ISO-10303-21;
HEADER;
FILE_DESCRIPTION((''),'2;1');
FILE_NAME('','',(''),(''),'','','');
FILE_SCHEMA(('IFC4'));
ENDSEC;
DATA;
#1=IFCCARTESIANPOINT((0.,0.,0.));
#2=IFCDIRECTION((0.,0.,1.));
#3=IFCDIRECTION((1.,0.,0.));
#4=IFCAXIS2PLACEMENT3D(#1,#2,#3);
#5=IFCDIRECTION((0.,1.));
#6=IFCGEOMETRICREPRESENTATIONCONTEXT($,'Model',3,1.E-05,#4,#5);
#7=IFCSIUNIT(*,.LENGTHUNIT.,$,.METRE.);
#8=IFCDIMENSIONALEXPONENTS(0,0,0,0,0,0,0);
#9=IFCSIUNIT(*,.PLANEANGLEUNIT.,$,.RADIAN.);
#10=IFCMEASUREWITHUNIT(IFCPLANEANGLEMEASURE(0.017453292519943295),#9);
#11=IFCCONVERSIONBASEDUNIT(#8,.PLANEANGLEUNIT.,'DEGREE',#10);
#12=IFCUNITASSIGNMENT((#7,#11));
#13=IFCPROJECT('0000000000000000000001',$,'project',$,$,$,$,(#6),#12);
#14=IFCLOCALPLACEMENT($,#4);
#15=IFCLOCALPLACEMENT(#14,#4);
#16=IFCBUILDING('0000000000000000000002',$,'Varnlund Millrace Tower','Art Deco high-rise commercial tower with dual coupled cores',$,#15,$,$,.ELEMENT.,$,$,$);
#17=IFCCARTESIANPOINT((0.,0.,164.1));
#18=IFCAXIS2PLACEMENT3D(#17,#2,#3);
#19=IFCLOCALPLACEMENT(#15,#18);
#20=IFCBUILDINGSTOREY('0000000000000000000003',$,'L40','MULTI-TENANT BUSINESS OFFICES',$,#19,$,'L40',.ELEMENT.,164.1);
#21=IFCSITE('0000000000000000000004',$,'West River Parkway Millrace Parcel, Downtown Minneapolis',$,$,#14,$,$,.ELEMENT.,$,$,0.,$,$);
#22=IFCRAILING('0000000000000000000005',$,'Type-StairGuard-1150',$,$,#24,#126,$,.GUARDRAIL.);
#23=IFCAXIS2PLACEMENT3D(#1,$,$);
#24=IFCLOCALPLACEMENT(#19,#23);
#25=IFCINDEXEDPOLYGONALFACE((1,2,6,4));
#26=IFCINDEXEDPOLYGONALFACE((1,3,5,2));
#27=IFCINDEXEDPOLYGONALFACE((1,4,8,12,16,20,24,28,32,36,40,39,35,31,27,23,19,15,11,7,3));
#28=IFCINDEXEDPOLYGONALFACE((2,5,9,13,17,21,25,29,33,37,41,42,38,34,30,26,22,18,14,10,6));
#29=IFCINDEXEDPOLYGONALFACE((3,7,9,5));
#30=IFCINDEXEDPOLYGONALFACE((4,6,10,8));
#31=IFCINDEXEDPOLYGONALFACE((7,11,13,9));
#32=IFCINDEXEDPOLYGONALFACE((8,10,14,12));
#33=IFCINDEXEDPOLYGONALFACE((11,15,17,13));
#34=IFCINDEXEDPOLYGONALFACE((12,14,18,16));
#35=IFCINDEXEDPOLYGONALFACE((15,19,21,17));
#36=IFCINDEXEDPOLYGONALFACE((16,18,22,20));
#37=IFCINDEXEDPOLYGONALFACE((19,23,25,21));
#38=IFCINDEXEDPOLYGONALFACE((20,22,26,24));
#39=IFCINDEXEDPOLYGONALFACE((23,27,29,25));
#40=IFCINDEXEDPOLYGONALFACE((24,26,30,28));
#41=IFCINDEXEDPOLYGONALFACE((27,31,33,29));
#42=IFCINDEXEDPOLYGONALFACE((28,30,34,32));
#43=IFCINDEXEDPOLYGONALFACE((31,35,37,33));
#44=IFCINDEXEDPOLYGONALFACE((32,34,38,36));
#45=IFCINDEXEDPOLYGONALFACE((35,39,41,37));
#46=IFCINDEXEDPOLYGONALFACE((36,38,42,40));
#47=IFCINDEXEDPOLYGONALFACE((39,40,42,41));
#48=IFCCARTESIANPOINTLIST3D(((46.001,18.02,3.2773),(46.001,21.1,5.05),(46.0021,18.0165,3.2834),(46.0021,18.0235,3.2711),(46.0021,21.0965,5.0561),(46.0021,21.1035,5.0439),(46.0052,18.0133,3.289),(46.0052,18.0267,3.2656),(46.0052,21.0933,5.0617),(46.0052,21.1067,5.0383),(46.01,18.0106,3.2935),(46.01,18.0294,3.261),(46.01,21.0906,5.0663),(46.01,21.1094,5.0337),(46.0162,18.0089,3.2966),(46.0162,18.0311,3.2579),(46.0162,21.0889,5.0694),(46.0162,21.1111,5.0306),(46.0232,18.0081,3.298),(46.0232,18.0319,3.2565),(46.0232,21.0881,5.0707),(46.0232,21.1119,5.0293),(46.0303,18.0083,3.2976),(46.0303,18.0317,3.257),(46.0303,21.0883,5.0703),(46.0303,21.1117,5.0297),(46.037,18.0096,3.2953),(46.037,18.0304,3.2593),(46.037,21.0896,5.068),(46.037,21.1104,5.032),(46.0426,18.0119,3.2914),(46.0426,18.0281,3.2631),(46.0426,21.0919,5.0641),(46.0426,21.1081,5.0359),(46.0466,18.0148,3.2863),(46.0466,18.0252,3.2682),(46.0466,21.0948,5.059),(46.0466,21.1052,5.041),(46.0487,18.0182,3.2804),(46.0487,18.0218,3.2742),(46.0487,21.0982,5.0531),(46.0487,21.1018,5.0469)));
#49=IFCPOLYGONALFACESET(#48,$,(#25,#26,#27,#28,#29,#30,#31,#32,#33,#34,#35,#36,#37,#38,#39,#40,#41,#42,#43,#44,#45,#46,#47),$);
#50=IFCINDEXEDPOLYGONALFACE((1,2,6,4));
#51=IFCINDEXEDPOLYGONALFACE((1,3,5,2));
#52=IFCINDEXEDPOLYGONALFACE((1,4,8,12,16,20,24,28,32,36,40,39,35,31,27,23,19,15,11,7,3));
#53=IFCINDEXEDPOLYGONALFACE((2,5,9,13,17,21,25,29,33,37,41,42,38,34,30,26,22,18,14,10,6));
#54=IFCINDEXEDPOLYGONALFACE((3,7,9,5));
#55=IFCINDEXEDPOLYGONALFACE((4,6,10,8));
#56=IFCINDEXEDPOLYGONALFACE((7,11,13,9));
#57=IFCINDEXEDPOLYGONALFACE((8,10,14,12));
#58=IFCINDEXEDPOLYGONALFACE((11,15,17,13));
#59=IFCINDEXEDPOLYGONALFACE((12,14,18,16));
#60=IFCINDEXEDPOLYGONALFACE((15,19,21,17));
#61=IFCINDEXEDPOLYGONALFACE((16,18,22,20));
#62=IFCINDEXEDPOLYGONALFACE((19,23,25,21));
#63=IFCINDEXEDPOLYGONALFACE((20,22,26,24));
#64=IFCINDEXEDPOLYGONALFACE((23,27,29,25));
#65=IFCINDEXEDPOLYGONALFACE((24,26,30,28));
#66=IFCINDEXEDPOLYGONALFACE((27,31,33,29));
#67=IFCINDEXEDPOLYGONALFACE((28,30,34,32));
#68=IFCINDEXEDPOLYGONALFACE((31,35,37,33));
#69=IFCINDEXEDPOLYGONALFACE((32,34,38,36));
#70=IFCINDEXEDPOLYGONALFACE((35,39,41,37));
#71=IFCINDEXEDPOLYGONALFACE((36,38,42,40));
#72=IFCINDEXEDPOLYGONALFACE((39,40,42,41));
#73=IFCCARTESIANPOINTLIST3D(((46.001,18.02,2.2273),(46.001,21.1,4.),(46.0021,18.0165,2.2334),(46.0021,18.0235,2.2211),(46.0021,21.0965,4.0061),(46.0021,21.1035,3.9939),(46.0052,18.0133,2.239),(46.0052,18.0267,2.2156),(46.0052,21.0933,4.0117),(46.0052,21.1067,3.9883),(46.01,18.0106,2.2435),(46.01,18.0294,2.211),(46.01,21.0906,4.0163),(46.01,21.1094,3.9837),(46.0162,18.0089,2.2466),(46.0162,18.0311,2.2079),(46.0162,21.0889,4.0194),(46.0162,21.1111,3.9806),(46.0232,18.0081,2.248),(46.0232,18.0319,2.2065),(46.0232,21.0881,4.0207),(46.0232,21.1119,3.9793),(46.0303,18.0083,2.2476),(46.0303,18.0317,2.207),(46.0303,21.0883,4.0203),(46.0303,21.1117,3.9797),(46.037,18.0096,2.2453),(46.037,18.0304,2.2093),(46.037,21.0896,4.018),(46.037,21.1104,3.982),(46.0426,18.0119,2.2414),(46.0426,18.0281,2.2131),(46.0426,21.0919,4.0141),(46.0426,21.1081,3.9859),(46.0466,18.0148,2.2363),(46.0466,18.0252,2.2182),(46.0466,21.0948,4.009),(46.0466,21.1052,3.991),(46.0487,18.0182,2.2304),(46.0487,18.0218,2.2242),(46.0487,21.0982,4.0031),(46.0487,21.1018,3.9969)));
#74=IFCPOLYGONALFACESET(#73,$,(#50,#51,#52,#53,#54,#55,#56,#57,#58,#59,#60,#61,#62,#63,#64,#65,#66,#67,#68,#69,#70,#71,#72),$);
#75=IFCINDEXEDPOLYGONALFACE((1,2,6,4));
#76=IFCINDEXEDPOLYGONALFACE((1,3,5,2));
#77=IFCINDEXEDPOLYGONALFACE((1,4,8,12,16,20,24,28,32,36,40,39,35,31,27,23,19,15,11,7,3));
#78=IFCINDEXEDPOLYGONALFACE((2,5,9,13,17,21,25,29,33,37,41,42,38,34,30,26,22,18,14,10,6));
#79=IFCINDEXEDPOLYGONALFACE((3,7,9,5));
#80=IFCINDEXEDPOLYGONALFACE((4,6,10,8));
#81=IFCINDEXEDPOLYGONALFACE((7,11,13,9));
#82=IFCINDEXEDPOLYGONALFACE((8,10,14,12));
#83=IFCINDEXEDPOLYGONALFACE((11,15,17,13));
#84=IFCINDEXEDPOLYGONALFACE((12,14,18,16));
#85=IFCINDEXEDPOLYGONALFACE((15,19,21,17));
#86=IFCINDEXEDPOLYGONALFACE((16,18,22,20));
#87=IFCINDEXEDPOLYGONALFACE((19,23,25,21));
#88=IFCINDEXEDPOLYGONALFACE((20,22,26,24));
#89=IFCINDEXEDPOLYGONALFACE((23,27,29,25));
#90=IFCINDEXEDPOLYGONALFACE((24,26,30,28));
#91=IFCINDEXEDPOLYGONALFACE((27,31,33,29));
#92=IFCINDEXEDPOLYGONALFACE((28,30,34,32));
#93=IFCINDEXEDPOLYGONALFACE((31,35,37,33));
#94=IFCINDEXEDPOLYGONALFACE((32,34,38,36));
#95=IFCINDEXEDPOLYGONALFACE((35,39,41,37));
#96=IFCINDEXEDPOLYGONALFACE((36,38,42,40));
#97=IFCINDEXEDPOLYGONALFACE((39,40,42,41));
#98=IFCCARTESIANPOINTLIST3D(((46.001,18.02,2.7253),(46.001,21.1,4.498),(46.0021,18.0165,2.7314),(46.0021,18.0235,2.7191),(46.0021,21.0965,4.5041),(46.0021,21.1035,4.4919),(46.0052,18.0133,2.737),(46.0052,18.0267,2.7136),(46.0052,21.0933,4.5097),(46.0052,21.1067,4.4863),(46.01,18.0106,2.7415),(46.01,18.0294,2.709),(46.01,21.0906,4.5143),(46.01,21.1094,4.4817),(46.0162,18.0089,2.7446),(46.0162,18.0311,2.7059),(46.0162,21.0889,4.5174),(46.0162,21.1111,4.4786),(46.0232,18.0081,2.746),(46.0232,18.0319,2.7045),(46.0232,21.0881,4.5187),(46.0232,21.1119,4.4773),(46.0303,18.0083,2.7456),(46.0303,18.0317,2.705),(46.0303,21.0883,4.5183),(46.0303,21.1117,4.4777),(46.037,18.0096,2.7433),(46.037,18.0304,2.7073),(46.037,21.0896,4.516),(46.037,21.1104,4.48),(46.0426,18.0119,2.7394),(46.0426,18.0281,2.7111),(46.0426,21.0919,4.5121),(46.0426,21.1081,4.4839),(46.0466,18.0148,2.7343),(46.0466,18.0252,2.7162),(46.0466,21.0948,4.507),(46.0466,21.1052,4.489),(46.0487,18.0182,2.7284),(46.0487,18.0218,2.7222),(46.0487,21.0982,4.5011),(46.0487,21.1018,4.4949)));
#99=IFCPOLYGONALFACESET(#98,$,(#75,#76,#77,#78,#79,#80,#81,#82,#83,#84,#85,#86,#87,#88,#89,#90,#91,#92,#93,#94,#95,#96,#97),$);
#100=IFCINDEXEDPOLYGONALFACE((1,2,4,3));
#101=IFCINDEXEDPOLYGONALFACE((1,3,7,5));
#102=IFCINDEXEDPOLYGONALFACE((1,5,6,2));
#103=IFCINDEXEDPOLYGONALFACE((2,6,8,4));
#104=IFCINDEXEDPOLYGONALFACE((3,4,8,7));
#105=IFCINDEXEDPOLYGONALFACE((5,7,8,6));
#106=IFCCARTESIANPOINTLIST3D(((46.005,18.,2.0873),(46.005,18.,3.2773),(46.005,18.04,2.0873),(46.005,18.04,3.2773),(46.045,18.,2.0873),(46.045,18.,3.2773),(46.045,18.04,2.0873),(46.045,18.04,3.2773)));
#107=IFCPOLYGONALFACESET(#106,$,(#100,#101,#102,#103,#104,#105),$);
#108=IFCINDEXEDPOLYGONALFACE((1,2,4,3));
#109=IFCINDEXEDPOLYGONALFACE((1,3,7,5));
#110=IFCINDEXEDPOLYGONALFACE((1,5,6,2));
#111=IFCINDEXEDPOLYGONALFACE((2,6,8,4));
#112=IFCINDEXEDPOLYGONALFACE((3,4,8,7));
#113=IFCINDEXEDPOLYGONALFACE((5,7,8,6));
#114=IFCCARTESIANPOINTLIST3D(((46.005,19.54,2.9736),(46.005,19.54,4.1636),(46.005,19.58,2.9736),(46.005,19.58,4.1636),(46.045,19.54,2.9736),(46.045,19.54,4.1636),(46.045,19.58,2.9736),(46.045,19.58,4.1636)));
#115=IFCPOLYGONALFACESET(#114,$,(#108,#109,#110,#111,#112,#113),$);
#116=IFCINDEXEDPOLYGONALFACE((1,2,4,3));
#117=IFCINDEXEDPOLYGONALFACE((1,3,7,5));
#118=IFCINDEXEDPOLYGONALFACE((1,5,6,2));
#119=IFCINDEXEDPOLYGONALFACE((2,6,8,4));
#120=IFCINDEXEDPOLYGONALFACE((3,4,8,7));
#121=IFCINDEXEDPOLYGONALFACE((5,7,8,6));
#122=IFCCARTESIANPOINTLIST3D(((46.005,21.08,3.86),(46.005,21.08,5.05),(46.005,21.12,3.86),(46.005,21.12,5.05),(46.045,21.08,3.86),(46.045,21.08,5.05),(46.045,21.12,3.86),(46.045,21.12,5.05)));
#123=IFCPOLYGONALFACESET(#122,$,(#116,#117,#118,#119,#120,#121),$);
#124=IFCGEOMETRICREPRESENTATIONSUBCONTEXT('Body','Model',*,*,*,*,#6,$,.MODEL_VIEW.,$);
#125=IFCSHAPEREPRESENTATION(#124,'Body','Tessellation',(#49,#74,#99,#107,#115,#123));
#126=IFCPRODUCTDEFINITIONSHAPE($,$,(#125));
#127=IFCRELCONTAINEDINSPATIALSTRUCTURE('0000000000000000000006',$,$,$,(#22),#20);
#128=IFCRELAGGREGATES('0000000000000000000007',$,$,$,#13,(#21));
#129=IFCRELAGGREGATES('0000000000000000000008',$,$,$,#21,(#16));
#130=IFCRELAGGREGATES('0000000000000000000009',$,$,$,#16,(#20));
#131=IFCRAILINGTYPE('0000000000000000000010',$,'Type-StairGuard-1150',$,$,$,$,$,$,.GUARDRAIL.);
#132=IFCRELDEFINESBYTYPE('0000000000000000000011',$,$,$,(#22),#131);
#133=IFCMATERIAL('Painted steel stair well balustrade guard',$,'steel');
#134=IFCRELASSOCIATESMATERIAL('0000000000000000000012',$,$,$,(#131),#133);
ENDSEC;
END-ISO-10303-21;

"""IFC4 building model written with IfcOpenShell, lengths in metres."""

from ifc_helpers import new_model, entity, si_unit, converted_unit, direction, frame, origin_with_axes, origin_2d_with_axis, place, context, subcontext, project, spatial, rectangle, circle, extrude, material, type_object, element, save


model = new_model("IFC4")

# Units and contexts
model_context = context("Model", 3, precision=1e-05, world=origin_with_axes(), true_north=direction((0.0, 1.0)))
body_context = subcontext(model_context, "Body", "Model", "MODEL_VIEW")
ifc_project = project(units=[si_unit("LENGTHUNIT", "METRE"), converted_unit("PLANEANGLEUNIT", "DEGREE", entity("IfcPlaneAngleMeasure", 0.017453292519943295), si_unit("PLANEANGLEUNIT", "RADIAN"), dimensions=[0, 0, 0, 0, 0, 0, 0])], contexts=[model_context])

# Site, building, storey
site_placement = place(None, origin_with_axes())
site = spatial("IfcSite", under=ifc_project, at=site_placement, Name="West River Parkway Millrace Parcel, Downtown Minneapolis", CompositionType="ELEMENT", RefElevation=0.0)
building_placement = place(site_placement, origin_with_axes())
building = spatial("IfcBuilding", under=site, at=building_placement, Name="Varnlund Millrace Tower", Description="Art Deco high-rise commercial tower with dual coupled cores", CompositionType="ELEMENT")
storey_placement = place(building_placement, frame((0.0, 0.0, 164.1), z_axis=(0.0, 0.0, 1.0), x_axis=(1.0, 0.0, 0.0)))
storey = spatial("IfcBuildingStorey", under=building, at=storey_placement, Name="L40", Description="MULTI-TENANT BUSINESS OFFICES", LongName="L40", CompositionType="ELEMENT", Elevation=164.1)

# Railing
ifc_material_1 = material(Name="Painted steel stair well balustrade guard", Category="steel")
railing_type_1 = type_object("IfcRailingType", Name="Type-StairGuard-1150", PredefinedType="GUARDRAIL", material=ifc_material_1)
railing_1_placement = place(storey_placement, frame((0.0, 0.0, -164.1), z_axis=(0.0, 0.0, 1.0), x_axis=(1.0, 0.0, 0.0)))
element("IfcRailing", 1, at=railing_1_placement, inside=storey, type_object=railing_type_1, Name="Type-StairGuard-1150", PredefinedType="GUARDRAIL", context=body_context, shape_type="SweptSolid", body=[
    extrude(circle(Radius=0.024, at=origin_2d_with_axis()), frame((46.025, 18.02, 167.3773), z_axis=(0.0, 0.866696, 0.498836), x_axis=(-1.0, 0.0, 0.0)), (0.0, 0.0, 1.0), 3.5537),
    extrude(circle(Radius=0.024, at=origin_2d_with_axis()), frame((46.025, 18.02, 166.3273), z_axis=(0.0, 0.866696, 0.498836), x_axis=(-1.0, 0.0, 0.0)), (0.0, 0.0, 1.0), 3.5537),
    extrude(circle(Radius=0.024, at=origin_2d_with_axis()), frame((46.025, 18.02, 166.8253), z_axis=(0.0, 0.866696, 0.498836), x_axis=(-1.0, 0.0, 0.0)), (0.0, 0.0, 1.0), 3.5537),
    extrude(rectangle(XDim=0.04, YDim=0.04, at=origin_2d_with_axis()), frame((46.025, 18.02, 166.1873), z_axis=(0.0, 0.0, 1.0), x_axis=(1.0, 0.0, 0.0)), (0.0, 0.0, 1.0), 1.19),
    extrude(rectangle(XDim=0.04, YDim=0.04, at=origin_2d_with_axis()), frame((46.025, 19.56, 167.0736), z_axis=(0.0, 0.0, 1.0), x_axis=(1.0, 0.0, 0.0)), (0.0, 0.0, 1.0), 1.19),
    extrude(rectangle(XDim=0.04, YDim=0.04, at=origin_2d_with_axis()), frame((46.025, 21.1, 167.96), z_axis=(0.0, 0.0, 1.0), x_axis=(1.0, 0.0, 0.0)), (0.0, 0.0, 1.0), 1.19),
])

save(model, "model.ifc")
